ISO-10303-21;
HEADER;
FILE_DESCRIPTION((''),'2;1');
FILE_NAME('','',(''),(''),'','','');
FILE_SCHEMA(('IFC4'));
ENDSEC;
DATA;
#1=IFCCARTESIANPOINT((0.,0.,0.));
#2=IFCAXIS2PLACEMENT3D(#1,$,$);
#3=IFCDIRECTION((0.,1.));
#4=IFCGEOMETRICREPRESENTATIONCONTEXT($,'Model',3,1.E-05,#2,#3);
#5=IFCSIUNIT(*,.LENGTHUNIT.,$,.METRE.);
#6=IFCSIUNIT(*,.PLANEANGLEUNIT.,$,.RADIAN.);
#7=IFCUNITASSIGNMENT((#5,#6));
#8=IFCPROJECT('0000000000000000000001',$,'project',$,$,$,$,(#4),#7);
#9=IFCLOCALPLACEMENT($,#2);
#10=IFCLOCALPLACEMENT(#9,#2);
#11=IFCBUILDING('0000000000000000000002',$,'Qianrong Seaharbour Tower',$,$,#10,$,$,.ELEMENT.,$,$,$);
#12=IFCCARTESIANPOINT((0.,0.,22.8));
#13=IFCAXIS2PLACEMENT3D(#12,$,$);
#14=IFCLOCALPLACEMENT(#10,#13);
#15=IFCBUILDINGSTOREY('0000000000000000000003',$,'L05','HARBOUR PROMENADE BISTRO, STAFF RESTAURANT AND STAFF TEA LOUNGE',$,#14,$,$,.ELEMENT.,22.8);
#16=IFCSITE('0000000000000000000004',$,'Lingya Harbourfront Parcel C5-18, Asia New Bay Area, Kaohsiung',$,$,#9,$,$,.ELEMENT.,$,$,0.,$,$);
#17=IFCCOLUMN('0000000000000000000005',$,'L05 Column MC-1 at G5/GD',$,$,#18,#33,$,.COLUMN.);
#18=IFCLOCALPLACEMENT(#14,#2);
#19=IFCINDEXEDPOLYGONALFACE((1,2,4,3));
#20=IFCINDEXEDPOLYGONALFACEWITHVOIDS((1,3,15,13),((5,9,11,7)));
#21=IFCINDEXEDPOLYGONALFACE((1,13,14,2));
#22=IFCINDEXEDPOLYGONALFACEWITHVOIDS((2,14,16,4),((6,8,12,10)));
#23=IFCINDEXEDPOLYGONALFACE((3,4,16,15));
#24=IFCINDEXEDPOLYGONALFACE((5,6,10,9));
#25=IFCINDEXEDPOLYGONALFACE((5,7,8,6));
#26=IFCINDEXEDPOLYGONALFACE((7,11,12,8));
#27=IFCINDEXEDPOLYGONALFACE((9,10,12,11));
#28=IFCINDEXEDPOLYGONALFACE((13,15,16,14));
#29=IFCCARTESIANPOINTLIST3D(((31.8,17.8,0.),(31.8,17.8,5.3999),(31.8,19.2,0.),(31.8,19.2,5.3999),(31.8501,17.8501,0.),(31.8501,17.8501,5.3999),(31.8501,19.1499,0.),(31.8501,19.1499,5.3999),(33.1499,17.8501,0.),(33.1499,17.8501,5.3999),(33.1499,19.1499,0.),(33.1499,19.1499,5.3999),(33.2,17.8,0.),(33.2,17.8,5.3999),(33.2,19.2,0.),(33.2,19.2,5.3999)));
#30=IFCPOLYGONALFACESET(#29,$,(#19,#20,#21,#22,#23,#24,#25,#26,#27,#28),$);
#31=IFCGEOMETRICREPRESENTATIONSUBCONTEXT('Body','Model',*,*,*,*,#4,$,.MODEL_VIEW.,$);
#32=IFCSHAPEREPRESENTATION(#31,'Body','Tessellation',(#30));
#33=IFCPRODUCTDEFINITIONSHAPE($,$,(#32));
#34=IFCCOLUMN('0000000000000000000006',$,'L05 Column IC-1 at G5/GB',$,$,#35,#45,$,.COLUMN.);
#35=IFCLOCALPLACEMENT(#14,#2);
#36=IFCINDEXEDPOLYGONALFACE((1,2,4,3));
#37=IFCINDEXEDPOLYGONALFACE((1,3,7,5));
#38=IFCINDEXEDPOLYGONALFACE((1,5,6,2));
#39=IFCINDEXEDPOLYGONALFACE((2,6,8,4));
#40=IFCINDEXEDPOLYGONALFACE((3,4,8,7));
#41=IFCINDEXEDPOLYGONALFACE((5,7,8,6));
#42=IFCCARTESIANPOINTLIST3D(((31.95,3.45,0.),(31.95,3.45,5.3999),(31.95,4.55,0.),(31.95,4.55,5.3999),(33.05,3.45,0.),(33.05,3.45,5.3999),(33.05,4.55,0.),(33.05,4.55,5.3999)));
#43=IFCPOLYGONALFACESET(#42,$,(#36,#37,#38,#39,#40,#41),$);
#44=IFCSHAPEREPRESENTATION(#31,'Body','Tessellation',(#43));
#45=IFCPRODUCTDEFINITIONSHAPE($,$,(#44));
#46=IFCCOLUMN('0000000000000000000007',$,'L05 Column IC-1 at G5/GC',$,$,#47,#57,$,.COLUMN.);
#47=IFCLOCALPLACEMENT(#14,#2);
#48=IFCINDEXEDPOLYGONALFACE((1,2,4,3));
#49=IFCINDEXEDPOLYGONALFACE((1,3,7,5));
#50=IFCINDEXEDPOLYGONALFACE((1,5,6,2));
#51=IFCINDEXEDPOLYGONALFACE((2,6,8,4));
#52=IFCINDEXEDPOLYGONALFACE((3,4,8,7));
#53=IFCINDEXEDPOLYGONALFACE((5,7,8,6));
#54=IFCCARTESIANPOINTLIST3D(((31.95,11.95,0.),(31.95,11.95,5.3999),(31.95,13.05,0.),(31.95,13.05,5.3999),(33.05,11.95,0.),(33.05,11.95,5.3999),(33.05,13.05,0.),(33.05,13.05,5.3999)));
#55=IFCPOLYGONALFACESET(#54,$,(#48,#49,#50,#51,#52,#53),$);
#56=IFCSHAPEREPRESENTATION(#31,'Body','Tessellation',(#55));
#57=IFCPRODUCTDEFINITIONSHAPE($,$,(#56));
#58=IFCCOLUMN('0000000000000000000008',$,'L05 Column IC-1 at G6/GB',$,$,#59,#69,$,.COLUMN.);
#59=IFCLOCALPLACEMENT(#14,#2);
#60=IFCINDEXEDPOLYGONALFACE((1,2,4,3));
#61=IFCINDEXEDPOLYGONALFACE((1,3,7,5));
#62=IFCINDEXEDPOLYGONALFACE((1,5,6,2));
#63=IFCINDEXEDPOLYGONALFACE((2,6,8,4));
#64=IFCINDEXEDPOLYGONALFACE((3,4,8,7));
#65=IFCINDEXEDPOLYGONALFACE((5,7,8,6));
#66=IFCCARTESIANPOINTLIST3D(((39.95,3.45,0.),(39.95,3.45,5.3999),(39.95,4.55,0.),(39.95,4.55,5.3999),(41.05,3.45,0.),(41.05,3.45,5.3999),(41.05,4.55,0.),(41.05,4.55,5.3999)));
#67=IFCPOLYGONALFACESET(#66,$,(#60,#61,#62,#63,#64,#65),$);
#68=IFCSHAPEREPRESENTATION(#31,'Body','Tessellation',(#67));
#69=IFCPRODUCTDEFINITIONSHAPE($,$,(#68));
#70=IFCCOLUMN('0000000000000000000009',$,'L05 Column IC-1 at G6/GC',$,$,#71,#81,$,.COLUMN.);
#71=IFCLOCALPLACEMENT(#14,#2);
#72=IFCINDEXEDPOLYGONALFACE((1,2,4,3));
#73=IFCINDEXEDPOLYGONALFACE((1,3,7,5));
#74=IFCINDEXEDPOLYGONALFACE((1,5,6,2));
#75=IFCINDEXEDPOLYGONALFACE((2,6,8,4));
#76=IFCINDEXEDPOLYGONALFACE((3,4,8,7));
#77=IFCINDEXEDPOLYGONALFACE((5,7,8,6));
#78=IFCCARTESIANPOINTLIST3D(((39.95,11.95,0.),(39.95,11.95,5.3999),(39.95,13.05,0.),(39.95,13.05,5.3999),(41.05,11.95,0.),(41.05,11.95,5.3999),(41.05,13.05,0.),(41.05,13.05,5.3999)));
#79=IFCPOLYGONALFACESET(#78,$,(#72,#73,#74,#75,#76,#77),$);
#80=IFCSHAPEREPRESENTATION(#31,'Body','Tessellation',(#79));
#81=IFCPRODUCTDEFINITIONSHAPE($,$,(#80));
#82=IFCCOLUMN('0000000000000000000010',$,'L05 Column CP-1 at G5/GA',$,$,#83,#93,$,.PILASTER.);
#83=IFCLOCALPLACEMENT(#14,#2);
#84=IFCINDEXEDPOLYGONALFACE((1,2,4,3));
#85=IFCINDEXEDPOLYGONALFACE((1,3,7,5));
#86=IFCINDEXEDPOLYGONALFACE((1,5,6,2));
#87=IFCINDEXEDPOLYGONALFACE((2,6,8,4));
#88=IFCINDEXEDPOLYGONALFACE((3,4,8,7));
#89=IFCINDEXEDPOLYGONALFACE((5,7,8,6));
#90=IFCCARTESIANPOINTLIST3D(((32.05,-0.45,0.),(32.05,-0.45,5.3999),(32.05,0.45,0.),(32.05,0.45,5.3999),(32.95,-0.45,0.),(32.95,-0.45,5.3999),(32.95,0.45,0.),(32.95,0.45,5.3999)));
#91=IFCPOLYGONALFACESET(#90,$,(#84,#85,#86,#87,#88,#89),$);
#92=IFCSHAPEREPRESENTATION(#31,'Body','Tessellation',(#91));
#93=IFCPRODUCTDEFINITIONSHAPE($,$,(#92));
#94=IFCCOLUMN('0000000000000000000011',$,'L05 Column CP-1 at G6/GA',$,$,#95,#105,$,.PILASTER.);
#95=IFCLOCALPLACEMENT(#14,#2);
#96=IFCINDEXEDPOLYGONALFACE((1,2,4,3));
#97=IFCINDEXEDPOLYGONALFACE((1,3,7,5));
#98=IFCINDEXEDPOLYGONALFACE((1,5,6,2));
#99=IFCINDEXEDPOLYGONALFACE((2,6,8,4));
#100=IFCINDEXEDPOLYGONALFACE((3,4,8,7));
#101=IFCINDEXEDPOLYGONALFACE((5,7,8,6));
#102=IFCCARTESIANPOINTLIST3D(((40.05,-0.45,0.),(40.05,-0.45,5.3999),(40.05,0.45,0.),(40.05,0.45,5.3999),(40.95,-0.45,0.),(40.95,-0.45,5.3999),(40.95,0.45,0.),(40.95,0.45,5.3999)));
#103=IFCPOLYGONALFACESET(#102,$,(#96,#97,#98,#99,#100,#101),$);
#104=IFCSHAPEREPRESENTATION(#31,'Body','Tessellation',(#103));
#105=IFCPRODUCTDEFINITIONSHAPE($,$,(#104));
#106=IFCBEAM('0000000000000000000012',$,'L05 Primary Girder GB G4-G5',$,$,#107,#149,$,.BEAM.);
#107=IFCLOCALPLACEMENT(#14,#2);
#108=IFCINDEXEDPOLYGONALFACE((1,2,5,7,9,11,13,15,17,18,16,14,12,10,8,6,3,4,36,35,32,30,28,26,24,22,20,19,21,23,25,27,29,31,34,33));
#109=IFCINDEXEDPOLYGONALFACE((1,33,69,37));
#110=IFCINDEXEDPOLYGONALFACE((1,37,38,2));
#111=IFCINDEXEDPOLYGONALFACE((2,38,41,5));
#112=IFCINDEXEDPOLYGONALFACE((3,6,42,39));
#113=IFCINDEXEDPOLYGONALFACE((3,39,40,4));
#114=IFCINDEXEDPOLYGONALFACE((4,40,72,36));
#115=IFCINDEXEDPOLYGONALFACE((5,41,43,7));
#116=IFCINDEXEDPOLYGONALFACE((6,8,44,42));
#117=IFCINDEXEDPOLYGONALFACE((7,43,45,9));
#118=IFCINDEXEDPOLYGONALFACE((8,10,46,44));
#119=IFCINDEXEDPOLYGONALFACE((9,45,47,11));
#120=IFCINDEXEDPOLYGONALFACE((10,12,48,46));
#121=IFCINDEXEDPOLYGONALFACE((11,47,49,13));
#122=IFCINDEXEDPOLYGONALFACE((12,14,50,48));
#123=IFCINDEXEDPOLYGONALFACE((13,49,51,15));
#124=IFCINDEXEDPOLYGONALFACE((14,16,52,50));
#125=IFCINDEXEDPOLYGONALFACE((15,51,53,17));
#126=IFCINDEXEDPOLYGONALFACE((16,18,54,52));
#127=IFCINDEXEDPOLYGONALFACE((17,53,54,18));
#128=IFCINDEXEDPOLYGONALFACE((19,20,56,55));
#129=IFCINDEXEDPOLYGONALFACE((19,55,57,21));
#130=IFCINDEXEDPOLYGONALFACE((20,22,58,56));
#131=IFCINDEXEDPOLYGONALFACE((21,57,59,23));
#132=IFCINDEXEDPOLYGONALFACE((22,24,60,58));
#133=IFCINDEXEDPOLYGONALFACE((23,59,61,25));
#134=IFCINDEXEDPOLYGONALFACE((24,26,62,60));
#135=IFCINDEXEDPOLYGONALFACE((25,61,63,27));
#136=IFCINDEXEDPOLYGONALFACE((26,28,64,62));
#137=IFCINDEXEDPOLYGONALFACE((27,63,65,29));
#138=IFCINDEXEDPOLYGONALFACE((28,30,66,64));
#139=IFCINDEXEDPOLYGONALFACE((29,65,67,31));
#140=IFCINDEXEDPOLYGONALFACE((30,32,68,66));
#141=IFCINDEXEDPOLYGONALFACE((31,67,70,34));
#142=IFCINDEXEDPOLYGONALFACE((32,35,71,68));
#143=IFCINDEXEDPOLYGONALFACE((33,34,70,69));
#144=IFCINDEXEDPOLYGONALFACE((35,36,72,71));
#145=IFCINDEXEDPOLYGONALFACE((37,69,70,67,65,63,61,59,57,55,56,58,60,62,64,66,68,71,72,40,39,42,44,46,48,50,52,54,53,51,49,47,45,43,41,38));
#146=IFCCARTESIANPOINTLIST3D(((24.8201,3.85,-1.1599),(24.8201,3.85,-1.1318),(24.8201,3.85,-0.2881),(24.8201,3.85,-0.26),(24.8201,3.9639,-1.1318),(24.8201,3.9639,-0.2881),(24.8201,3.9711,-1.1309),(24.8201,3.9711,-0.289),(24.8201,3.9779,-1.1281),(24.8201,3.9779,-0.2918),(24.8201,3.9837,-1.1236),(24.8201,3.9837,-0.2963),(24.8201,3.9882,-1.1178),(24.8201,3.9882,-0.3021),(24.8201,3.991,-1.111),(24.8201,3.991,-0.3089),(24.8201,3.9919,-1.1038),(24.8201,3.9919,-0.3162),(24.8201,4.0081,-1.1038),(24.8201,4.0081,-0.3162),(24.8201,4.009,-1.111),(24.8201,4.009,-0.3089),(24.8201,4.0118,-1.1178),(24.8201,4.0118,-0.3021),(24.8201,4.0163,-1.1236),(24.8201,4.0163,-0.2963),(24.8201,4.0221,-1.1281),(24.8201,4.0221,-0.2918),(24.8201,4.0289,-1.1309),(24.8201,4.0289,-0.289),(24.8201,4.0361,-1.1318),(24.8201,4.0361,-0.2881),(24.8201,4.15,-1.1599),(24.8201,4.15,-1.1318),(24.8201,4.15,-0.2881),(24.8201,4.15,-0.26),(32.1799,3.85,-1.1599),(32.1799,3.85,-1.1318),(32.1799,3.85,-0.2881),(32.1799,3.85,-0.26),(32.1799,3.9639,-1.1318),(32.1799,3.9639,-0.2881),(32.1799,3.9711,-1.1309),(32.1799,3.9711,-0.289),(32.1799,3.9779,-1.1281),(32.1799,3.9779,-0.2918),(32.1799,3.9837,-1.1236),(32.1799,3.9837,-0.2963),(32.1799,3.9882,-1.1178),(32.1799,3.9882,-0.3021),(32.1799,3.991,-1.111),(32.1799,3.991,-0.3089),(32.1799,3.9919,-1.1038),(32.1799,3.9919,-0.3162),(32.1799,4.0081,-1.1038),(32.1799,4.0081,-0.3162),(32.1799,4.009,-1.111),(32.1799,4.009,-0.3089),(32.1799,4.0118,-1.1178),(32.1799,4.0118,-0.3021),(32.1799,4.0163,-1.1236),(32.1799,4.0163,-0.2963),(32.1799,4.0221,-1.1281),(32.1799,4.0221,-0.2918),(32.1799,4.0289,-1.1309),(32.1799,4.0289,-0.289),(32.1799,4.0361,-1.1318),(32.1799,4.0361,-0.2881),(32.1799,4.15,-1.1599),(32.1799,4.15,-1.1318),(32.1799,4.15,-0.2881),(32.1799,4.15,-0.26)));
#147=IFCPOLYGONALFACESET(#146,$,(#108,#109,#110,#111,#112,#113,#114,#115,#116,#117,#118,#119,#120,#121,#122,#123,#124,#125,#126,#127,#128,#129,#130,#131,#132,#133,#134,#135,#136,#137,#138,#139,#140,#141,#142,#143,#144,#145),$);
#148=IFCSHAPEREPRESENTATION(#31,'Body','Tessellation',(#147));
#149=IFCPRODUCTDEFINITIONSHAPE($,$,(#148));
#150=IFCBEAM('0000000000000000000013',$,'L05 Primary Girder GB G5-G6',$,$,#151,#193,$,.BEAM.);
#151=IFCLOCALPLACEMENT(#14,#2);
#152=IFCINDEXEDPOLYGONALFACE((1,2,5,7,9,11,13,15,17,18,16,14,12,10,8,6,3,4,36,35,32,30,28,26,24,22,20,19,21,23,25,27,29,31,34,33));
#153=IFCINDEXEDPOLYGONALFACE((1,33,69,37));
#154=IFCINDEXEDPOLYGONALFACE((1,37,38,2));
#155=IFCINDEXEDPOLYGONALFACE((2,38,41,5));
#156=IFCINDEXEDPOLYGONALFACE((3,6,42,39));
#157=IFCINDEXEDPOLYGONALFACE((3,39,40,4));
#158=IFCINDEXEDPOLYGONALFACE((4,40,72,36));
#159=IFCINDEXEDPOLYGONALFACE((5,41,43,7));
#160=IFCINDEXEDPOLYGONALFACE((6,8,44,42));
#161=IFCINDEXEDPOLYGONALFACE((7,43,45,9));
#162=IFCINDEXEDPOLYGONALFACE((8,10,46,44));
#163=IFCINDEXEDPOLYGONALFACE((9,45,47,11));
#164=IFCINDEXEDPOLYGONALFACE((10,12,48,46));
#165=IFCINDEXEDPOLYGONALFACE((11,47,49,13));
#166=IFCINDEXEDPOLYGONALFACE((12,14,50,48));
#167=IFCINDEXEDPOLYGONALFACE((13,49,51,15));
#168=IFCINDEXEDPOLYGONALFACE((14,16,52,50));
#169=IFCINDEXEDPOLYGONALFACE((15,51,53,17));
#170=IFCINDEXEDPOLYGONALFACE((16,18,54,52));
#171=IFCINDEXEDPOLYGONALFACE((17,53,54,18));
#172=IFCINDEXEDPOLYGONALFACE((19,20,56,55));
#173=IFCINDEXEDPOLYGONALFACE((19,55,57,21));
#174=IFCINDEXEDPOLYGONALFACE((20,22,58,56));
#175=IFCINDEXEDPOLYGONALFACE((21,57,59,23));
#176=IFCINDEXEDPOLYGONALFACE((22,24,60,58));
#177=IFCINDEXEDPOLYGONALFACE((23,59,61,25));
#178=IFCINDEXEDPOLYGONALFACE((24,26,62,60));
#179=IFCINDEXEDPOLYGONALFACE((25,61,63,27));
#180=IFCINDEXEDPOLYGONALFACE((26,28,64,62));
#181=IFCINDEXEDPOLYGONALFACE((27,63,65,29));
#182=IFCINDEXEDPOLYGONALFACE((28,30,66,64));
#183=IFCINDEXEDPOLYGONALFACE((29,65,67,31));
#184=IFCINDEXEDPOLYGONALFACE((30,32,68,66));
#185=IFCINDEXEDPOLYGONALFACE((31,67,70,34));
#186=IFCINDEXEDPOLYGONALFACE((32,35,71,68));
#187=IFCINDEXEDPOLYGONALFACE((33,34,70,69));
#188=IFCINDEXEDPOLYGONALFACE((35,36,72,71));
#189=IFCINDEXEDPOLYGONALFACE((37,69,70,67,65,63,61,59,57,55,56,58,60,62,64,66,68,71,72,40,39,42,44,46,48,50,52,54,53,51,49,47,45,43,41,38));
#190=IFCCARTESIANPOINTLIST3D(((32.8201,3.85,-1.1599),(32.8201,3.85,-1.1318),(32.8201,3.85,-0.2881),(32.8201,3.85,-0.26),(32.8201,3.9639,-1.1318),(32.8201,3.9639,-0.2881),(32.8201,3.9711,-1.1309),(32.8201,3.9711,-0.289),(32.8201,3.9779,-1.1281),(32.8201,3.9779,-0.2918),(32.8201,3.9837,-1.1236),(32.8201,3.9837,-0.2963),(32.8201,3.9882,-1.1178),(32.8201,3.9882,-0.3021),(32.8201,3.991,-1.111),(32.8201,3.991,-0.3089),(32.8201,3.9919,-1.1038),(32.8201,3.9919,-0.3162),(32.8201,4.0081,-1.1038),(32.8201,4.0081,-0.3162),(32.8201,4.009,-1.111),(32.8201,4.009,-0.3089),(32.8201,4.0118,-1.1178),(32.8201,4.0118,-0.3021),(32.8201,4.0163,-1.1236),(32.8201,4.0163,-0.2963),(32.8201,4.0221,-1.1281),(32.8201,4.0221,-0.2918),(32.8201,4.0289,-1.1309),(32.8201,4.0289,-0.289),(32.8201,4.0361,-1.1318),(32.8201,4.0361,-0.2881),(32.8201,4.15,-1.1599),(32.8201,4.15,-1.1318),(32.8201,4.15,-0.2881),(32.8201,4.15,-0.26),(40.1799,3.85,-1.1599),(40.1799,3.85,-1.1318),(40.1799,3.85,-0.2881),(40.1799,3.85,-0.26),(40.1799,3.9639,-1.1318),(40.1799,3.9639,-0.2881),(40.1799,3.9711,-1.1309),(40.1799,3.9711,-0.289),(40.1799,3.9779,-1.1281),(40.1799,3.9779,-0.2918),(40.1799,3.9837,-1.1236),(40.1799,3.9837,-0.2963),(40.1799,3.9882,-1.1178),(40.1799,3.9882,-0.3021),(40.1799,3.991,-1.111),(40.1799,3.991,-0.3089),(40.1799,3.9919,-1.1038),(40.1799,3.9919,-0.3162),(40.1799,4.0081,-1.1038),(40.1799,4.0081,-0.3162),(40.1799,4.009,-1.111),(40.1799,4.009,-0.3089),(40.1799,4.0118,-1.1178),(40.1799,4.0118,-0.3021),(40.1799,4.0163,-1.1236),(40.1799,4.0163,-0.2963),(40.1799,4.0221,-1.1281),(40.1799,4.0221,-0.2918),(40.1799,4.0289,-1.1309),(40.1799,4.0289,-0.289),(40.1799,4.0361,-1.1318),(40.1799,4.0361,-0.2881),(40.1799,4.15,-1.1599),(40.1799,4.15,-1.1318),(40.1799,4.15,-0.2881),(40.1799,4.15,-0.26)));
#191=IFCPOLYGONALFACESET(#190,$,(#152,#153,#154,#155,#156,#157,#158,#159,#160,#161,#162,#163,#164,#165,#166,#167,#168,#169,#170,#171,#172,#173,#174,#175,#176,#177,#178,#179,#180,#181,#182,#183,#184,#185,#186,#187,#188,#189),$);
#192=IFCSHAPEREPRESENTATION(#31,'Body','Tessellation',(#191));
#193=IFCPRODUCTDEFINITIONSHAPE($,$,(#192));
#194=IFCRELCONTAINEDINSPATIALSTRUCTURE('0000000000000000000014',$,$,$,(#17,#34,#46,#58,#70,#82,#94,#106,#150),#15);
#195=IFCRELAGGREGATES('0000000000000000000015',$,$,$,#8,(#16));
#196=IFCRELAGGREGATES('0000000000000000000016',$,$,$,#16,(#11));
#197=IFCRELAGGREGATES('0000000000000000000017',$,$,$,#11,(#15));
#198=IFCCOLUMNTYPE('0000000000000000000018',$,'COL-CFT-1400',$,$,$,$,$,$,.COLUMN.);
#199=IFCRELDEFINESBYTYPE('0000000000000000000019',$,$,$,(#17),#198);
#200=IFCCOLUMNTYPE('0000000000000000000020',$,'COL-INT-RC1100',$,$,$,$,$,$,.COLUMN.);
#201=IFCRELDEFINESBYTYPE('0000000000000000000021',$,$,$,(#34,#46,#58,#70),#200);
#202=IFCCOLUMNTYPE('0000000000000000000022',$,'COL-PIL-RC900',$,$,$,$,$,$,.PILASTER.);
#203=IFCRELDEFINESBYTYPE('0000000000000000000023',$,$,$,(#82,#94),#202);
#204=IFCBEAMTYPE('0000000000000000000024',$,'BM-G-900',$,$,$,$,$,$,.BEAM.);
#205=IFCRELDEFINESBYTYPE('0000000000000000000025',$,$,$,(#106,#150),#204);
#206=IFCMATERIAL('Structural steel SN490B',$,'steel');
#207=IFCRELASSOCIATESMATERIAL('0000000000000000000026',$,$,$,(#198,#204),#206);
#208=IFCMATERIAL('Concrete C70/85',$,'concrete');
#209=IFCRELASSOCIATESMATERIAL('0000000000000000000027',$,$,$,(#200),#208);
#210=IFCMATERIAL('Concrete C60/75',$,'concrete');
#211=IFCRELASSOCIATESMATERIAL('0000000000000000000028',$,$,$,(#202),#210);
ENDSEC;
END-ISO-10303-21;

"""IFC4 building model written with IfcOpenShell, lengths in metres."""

from ifc_helpers import new_model, si_unit, direction, frame, origin, origin_2d, place, context, subcontext, project, spatial, rectangle, hollow_rectangle, i_section, extrude, material, material_profile, profile_set, type_object, element, save


model = new_model("IFC4")

# Units and contexts
model_context = context("Model", 3, precision=1e-05, world=origin(), true_north=direction((0.0, 1.0)))
body_context = subcontext(model_context, "Body", "Model", "MODEL_VIEW")
ifc_project = project(units=[si_unit("LENGTHUNIT", "METRE"), si_unit("PLANEANGLEUNIT", "RADIAN")], contexts=[model_context])

# Site, building, storey
site_placement = place(None, origin())
site = spatial("IfcSite", under=ifc_project, at=site_placement, Name="Lingya Harbourfront Parcel C5-18, Asia New Bay Area, Kaohsiung", CompositionType="ELEMENT", RefElevation=0.0)
building_placement = place(site_placement, origin())
building = spatial("IfcBuilding", under=site, at=building_placement, Name="Qianrong Seaharbour Tower", CompositionType="ELEMENT")
storey_placement = place(building_placement, frame((0.0, 0.0, 22.8)))
storey = spatial("IfcBuildingStorey", under=building, at=storey_placement, Name="L05", Description="HARBOUR PROMENADE BISTRO, STAFF RESTAURANT AND STAFF TEA LOUNGE", CompositionType="ELEMENT", Elevation=22.8)

# Columns
ifc_material_1 = material(Name="Structural steel SN490B", Category="steel")
ifc_material_profile_1 = material_profile(ifc_material_1, hollow_rectangle(XDim=1.3999, YDim=1.3999, WallThickness=0.05, at=origin_2d()), Name="BOX1400x1400x50")
ifc_profile_set_1 = profile_set([ifc_material_profile_1], Name="Structural steel SN490B")
column_type_1 = type_object("IfcColumnType", Name="COL-CFT-1400", PredefinedType="COLUMN", material=ifc_profile_set_1)
column_placement = place(storey_placement, frame((32.5, 18.5, 0.0), z_axis=(0.0, 0.0, 1.0), x_axis=(1.0, 0.0, 0.0)))
element("IfcColumn", 1, at=column_placement, inside=storey, type_object=column_type_1, Name="L05 Column MC-1 at G5/GD", PredefinedType="COLUMN", context=body_context, shape_type="SweptSolid", body=[
    extrude(hollow_rectangle(XDim=1.3999, YDim=1.3999, WallThickness=0.05, at=origin_2d()), origin(), (0.0, 0.0, 1.0), 5.3999),
])
ifc_material_2 = material(Name="Concrete C70/85", Category="concrete")
ifc_material_profile_2 = material_profile(ifc_material_2, rectangle(XDim=1.1001, YDim=1.1001, at=origin_2d()), Name="RC1100x1100")
ifc_profile_set_2 = profile_set([ifc_material_profile_2], Name="Concrete C70/85")
column_type_2 = type_object("IfcColumnType", Name="COL-INT-RC1100", PredefinedType="COLUMN", material=ifc_profile_set_2)
for number, where, z_axis, x_axis, name in (
    (2, (32.5, 4.0, 0.0), (0.0, 0.0, 1.0), (1.0, 0.0, 0.0), "L05 Column IC-1 at G5/GB"),
    (3, (32.5, 12.5, 0.0), (0.0, 0.0, 1.0), (1.0, 0.0, 0.0), "L05 Column IC-1 at G5/GC"),
    (4, (40.5, 4.0, 0.0), (0.0, 0.0, 1.0), (1.0, 0.0, 0.0), "L05 Column IC-1 at G6/GB"),
    (5, (40.5, 12.5, 0.0), (0.0, 0.0, 1.0), (1.0, 0.0, 0.0), "L05 Column IC-1 at G6/GC"),
):
    element("IfcColumn", number, at=place(storey_placement, frame(where, z_axis=z_axis, x_axis=x_axis)), inside=storey, type_object=column_type_2, Name=name, PredefinedType="COLUMN", context=body_context, shape_type="SweptSolid", body=[
        extrude(rectangle(XDim=1.1001, YDim=1.1001, at=origin_2d()), origin(), (0.0, 0.0, 1.0), 5.3999),
    ])
ifc_material_3 = material(Name="Concrete C60/75", Category="concrete")
ifc_material_profile_3 = material_profile(ifc_material_3, rectangle(XDim=0.8999, YDim=0.8999, at=origin_2d()), Name="RC900x900")
ifc_profile_set_3 = profile_set([ifc_material_profile_3], Name="Concrete C60/75")
column_type_3 = type_object("IfcColumnType", Name="COL-PIL-RC900", PredefinedType="PILASTER", material=ifc_profile_set_3)
for number, where, z_axis, x_axis, name in (
    (6, (32.5, 0.0, 0.0), (0.0, 0.0, 1.0), (1.0, 0.0, 0.0), "L05 Column CP-1 at G5/GA"),
    (7, (40.5, 0.0, 0.0), (0.0, 0.0, 1.0), (1.0, 0.0, 0.0), "L05 Column CP-1 at G6/GA"),
):
    element("IfcColumn", number, at=place(storey_placement, frame(where, z_axis=z_axis, x_axis=x_axis)), inside=storey, type_object=column_type_3, Name=name, PredefinedType="PILASTER", context=body_context, shape_type="SweptSolid", body=[
        extrude(rectangle(XDim=0.8999, YDim=0.8999, at=origin_2d()), origin(), (0.0, 0.0, 1.0), 5.3999),
    ])

# Beams
ifc_material_profile_4 = material_profile(ifc_material_1, i_section(OverallWidth=0.3, OverallDepth=0.8999, WebThickness=0.0161, FlangeThickness=0.0281, FilletRadius=0.0281, at=origin_2d()), Name="H900x300x16x28")
ifc_profile_set_4 = profile_set([ifc_material_profile_4], Name="Structural steel SN490B")
beam_type_1 = type_object("IfcBeamType", Name="BM-G-900", PredefinedType="BEAM", material=ifc_profile_set_4)
for number, where, z_axis, x_axis, name in (
    (8, (24.8201, 4.0, -0.71), (1.0, 0.0, 0.0), (0.0, 1.0, 0.0), "L05 Primary Girder GB G4-G5"),
    (9, (32.8201, 4.0, -0.71), (1.0, 0.0, 0.0), (0.0, 1.0, 0.0), "L05 Primary Girder GB G5-G6"),
):
    element("IfcBeam", number, at=place(storey_placement, frame(where, z_axis=z_axis, x_axis=x_axis)), inside=storey, type_object=beam_type_1, Name=name, PredefinedType="BEAM", context=body_context, shape_type="SweptSolid", body=[
        extrude(i_section(OverallWidth=0.3, OverallDepth=0.8999, WebThickness=0.0161, FlangeThickness=0.0281, FilletRadius=0.0281, at=origin_2d()), origin(), (0.0, 0.0, 1.0), 7.3599),
    ])

save(model, "model.ifc")
